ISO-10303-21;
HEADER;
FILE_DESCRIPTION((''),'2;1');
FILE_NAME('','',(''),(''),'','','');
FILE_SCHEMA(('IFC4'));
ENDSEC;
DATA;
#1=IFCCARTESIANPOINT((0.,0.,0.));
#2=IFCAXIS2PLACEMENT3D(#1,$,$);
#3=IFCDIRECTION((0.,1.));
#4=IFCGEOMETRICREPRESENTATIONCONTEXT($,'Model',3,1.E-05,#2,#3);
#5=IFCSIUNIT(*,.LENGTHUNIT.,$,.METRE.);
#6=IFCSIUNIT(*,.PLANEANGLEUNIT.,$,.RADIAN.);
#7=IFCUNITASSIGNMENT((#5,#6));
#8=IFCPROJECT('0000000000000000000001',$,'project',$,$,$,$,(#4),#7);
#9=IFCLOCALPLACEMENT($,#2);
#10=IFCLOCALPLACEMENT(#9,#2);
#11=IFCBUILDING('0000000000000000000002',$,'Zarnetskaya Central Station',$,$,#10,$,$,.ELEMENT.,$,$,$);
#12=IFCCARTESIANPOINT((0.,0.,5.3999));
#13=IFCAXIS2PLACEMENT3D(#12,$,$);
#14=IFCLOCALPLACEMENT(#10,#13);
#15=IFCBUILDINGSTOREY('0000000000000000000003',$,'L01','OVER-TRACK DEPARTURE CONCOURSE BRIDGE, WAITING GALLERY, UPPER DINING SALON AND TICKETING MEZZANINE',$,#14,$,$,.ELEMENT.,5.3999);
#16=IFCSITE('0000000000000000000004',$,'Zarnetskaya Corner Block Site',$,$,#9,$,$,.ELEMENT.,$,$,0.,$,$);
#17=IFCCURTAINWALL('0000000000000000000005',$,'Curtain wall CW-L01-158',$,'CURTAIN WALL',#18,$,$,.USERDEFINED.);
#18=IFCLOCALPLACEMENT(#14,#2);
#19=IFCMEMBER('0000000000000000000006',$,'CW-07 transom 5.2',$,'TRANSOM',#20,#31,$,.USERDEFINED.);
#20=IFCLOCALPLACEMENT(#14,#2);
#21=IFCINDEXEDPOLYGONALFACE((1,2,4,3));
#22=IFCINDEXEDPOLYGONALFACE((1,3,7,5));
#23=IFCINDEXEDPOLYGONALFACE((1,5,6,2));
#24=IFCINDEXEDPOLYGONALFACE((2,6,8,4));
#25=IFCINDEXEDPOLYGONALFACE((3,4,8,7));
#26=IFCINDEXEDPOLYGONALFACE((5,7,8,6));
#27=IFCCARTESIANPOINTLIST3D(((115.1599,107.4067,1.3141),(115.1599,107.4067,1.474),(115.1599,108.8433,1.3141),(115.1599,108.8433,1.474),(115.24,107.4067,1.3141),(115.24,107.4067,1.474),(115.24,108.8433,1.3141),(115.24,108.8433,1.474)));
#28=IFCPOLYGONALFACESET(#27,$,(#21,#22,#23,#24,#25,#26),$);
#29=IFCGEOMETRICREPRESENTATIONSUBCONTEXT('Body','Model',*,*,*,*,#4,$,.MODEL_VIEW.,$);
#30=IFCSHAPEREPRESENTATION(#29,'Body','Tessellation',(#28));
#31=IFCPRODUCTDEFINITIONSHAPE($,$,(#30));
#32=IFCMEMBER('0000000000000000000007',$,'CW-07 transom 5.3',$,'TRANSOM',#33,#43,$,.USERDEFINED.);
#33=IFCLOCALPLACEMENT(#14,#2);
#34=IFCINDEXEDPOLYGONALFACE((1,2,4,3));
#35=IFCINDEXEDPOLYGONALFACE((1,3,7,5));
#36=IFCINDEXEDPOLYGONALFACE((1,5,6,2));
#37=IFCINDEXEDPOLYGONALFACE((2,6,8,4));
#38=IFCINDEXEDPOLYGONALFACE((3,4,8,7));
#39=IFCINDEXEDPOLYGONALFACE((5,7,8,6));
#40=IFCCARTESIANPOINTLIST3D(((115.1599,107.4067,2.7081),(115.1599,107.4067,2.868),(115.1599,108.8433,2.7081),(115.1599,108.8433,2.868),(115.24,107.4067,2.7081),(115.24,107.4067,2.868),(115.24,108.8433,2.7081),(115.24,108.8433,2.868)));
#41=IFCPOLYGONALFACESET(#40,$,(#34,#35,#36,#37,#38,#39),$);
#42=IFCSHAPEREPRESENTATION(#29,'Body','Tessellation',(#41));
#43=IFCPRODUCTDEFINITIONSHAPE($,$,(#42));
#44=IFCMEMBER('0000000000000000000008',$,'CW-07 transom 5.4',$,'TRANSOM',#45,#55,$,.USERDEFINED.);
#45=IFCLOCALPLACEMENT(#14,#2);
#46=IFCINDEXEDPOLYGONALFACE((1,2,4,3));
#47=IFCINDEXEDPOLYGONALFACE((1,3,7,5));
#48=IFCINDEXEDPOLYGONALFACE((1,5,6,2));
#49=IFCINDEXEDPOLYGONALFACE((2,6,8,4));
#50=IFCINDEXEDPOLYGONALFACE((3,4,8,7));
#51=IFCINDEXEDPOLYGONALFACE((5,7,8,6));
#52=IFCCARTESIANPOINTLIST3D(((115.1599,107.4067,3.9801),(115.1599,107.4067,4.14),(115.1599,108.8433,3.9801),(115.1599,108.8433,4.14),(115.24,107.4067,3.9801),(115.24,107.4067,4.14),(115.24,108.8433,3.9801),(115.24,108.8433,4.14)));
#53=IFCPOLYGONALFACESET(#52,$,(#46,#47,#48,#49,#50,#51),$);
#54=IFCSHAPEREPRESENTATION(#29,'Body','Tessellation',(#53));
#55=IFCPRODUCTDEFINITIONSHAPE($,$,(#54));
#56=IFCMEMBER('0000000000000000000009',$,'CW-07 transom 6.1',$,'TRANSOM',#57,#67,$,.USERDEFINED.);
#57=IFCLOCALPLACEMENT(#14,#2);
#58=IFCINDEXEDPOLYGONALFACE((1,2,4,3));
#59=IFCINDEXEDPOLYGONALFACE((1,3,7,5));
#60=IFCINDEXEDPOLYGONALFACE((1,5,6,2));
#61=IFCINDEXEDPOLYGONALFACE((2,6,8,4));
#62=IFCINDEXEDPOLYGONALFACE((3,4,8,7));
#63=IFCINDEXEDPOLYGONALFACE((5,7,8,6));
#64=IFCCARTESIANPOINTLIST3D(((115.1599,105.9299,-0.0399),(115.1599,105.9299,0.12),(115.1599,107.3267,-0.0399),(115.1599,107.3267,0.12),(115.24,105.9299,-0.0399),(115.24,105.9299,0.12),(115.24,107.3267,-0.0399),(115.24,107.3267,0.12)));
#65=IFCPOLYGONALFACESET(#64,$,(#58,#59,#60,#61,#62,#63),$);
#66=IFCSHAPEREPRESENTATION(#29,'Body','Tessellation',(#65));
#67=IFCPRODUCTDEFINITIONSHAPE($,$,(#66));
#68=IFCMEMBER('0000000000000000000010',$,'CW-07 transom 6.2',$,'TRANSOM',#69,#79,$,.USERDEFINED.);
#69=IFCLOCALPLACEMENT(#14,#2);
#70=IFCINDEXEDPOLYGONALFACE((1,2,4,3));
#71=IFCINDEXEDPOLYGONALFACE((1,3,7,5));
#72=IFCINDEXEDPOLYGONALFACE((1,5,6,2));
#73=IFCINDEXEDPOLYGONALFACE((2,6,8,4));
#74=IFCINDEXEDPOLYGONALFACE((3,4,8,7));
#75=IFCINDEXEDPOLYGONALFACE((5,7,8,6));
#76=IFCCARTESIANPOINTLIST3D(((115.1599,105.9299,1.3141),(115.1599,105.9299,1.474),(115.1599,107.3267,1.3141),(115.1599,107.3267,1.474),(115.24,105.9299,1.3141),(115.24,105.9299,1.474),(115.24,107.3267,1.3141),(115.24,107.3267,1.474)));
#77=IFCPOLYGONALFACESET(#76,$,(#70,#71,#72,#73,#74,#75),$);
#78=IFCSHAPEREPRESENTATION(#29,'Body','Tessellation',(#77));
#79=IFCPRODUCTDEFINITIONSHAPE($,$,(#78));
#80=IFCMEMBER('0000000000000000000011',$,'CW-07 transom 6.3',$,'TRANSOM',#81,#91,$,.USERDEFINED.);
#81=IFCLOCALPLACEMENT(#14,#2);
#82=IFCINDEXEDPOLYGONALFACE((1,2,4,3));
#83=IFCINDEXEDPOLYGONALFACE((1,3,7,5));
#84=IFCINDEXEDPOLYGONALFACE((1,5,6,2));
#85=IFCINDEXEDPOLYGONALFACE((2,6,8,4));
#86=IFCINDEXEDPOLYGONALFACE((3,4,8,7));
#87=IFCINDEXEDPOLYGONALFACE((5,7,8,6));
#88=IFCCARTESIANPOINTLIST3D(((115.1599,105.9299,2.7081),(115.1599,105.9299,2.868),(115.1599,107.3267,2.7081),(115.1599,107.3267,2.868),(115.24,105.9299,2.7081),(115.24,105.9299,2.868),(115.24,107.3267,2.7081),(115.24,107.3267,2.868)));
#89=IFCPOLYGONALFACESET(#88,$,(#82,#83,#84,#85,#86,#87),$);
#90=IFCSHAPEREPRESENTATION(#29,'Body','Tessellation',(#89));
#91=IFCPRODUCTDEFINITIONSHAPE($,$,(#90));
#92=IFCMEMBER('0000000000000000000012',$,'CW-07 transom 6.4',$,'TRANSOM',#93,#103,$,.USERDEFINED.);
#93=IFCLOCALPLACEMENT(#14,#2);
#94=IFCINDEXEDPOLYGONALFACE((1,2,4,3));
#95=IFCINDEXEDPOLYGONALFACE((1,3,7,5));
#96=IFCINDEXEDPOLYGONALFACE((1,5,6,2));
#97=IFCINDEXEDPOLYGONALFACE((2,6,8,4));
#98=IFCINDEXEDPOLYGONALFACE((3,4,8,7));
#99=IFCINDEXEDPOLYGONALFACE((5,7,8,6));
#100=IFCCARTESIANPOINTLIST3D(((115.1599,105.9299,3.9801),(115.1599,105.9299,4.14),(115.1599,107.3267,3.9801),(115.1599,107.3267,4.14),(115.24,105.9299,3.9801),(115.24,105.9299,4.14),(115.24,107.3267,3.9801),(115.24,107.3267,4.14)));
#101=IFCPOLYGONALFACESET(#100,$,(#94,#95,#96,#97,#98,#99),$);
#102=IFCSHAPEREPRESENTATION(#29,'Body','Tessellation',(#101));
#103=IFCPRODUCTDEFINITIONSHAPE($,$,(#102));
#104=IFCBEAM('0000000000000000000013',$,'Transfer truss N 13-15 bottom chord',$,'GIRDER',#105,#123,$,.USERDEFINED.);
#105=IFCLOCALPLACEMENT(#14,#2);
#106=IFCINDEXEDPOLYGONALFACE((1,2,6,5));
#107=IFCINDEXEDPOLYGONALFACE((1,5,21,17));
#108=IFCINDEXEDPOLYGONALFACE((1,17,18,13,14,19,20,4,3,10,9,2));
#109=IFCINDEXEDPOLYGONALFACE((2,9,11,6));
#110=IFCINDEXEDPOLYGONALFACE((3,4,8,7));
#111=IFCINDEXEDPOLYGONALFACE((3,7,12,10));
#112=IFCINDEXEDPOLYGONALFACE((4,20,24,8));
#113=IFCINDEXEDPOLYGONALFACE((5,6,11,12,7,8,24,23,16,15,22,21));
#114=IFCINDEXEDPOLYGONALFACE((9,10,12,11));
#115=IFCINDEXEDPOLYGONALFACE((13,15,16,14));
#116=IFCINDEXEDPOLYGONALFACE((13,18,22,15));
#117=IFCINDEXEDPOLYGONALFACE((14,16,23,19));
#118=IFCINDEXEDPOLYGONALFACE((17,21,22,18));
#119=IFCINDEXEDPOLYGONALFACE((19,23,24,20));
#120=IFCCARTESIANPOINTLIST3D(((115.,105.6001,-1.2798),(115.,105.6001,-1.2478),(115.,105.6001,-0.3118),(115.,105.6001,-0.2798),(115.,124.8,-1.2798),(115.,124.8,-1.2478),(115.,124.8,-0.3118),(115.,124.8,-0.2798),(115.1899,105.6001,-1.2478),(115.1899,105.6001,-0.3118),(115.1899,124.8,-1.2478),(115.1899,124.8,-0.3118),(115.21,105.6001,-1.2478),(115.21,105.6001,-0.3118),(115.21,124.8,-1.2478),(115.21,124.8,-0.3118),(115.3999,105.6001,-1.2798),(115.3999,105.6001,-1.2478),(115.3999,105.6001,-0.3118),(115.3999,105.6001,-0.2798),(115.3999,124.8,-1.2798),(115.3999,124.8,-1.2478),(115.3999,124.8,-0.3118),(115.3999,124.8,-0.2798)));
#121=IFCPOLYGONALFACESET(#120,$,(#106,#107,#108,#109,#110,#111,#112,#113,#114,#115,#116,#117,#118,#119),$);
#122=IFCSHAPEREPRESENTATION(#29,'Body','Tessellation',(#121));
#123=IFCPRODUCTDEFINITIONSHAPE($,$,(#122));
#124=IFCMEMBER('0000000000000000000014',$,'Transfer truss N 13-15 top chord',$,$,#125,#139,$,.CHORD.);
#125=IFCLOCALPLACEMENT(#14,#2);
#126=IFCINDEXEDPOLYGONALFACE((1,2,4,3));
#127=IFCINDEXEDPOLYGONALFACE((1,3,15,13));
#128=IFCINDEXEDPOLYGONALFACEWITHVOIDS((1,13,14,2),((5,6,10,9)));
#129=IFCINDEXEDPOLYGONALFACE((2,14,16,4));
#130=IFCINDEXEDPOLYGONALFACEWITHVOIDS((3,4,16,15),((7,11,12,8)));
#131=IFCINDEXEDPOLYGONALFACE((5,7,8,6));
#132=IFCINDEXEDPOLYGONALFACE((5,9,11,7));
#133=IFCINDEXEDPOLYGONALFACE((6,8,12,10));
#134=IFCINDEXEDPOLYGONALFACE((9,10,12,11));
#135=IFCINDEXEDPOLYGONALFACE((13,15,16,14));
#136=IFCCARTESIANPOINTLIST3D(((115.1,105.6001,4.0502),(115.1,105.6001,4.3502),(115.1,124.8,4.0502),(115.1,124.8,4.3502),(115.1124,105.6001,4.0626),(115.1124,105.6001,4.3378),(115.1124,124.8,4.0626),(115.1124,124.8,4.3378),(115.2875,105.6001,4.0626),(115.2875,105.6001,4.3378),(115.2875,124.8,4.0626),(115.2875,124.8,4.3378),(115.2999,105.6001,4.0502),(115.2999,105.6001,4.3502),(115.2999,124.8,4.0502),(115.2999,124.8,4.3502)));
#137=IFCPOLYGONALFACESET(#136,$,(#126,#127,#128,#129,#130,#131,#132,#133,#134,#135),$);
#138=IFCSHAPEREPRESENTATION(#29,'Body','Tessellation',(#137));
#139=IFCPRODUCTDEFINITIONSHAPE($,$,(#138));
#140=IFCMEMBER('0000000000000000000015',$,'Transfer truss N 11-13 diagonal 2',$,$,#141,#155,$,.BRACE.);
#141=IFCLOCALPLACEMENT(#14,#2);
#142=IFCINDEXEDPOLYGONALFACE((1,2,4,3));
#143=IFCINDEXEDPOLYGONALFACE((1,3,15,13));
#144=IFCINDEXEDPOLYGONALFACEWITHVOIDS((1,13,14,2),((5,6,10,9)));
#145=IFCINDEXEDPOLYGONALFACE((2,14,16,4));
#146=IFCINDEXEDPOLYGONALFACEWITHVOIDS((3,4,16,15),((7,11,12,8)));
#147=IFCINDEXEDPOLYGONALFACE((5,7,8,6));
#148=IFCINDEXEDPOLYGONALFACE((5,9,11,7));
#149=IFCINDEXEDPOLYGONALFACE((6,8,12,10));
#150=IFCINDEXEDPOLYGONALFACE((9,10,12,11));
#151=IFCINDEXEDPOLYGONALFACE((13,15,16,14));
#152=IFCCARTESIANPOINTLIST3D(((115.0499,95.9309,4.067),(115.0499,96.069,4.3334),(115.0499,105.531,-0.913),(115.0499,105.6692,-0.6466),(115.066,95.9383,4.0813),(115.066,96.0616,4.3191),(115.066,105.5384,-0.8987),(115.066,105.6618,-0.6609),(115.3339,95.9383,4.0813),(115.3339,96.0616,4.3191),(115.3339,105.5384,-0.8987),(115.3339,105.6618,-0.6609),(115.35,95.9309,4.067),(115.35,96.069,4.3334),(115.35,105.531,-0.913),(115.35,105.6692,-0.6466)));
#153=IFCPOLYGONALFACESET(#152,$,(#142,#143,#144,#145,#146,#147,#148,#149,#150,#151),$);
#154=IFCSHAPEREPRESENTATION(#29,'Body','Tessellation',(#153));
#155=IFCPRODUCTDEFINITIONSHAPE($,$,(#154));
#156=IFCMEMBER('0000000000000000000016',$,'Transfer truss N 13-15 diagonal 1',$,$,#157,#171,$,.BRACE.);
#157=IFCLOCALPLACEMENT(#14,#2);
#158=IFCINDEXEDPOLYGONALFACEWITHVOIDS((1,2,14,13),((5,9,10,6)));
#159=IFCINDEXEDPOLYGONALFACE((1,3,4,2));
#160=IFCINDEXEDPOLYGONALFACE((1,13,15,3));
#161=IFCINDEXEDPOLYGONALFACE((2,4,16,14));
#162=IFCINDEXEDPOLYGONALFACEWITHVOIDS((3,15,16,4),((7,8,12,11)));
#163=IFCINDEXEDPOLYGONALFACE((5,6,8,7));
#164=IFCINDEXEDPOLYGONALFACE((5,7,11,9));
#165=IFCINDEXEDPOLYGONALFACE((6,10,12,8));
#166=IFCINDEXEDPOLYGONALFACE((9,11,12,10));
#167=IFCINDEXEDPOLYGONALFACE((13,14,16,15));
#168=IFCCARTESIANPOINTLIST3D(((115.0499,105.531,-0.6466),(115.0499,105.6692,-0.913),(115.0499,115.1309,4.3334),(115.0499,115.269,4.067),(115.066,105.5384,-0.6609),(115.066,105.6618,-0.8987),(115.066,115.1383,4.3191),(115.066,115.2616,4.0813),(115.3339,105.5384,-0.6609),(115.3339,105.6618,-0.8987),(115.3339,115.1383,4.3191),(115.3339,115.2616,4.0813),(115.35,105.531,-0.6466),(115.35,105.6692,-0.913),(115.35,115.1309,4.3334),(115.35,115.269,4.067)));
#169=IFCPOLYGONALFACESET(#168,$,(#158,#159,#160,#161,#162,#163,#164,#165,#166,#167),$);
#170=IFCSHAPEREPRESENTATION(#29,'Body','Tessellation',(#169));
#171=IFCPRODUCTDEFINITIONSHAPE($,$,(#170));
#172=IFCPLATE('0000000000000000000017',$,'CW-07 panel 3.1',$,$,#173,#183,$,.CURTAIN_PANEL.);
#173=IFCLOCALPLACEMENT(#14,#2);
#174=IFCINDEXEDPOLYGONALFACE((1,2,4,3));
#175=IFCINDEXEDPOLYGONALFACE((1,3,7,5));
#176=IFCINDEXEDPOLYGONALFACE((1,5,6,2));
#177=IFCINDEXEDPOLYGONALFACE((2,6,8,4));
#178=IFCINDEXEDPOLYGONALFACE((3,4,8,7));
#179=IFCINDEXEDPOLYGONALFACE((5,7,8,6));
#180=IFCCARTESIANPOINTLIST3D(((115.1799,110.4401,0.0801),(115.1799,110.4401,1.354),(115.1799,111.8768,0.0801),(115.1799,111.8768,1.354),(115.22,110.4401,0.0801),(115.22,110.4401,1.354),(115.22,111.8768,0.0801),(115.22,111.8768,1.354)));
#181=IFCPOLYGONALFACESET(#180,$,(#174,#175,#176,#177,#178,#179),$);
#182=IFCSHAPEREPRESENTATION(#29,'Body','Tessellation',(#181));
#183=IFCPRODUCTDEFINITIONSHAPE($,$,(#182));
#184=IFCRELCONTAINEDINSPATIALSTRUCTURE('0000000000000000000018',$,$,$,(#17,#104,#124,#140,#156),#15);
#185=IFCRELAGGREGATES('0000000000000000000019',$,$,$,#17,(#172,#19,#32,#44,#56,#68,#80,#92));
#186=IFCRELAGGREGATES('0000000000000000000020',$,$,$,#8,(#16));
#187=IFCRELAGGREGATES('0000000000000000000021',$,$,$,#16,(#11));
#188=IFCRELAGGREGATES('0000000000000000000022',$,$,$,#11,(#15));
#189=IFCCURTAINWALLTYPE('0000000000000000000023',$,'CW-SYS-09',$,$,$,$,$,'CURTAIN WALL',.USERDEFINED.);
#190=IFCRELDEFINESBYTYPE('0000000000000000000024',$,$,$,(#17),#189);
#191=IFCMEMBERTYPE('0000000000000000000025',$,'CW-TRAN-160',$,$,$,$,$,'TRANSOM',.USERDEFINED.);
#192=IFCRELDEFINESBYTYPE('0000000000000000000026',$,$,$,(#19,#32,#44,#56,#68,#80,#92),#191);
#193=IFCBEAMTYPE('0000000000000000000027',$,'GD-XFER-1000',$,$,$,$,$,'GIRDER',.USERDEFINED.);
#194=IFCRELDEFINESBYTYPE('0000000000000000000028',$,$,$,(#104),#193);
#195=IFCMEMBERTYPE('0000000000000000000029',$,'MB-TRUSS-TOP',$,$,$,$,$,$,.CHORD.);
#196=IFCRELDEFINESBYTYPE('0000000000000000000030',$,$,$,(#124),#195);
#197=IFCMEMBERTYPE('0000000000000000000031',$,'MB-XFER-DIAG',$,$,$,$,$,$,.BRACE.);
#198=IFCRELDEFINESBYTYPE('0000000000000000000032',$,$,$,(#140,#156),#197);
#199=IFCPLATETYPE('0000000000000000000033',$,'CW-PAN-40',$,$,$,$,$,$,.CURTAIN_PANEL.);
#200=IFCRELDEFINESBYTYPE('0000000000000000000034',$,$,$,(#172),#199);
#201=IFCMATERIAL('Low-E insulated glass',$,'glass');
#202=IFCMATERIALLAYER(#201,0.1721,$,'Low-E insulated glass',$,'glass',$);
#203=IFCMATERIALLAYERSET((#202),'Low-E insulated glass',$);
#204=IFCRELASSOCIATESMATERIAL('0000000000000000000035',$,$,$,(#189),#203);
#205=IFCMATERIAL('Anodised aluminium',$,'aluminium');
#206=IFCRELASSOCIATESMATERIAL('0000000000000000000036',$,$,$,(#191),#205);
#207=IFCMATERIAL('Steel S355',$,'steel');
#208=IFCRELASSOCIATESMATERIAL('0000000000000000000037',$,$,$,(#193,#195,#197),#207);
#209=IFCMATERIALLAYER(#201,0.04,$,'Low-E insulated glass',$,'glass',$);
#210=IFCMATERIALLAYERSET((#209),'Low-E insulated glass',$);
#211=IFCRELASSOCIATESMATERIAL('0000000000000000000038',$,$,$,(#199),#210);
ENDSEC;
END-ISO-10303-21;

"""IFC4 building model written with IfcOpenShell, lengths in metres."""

from ifc_helpers import new_model, si_unit, direction, frame, origin, origin_2d, place, context, subcontext, project, spatial, rectangle, hollow_rectangle, i_section, extrude, material, layer, layer_set, material_profile, profile_set, type_object, element, aggregate, save


model = new_model("IFC4")

# Units and contexts
model_context = context("Model", 3, precision=1e-05, world=origin(), true_north=direction((0.0, 1.0)))
body_context = subcontext(model_context, "Body", "Model", "MODEL_VIEW")
ifc_project = project(units=[si_unit("LENGTHUNIT", "METRE"), si_unit("PLANEANGLEUNIT", "RADIAN")], contexts=[model_context])

# Site, building, storey
site_placement = place(None, origin())
site = spatial("IfcSite", under=ifc_project, at=site_placement, Name="Zarnetskaya Corner Block Site", CompositionType="ELEMENT", RefElevation=0.0)
building_placement = place(site_placement, origin())
building = spatial("IfcBuilding", under=site, at=building_placement, Name="Zarnetskaya Central Station", CompositionType="ELEMENT")
storey_placement = place(building_placement, frame((0.0, 0.0, 5.3999)))
storey = spatial("IfcBuildingStorey", under=building, at=storey_placement, Name="L01", Description="OVER-TRACK DEPARTURE CONCOURSE BRIDGE, WAITING GALLERY, UPPER DINING SALON AND TICKETING MEZZANINE", CompositionType="ELEMENT", Elevation=5.3999)

# Shared definitions
ifc_material_1 = material(Name="Steel S355", Category="steel")

# Shared definitions
ifc_material_2 = material(Name="Low-E insulated glass", Category="glass")
ifc_layer_1 = layer(ifc_material_2, 0.1721, Name="Low-E insulated glass", Category="glass")
ifc_layer_set_1 = layer_set([ifc_layer_1], Name="Low-E insulated glass")
curtain_wall_type = type_object("IfcCurtainWallType", Name="CW-SYS-09", ElementType="CURTAIN WALL", PredefinedType="USERDEFINED", material=ifc_layer_set_1)
ifc_material_3 = material(Name="Anodised aluminium", Category="aluminium")

# Curtain wall
curtain_wall_1_placement = place(storey_placement, origin())
curtain_wall_1 = element("IfcCurtainWall", 1, at=curtain_wall_1_placement, inside=storey, type_object=curtain_wall_type, Name="Curtain wall CW-L01-158", ObjectType="CURTAIN WALL", PredefinedType="USERDEFINED")

# Members
ifc_material_profile_1 = material_profile(ifc_material_3, rectangle(XDim=0.0801, YDim=0.1599, at=origin_2d()), Name="ALU TRAN 80x160")
ifc_profile_set_1 = profile_set([ifc_material_profile_1], Name="Anodised aluminium")
member_type_1 = type_object("IfcMemberType", Name="CW-TRAN-160", ElementType="TRANSOM", PredefinedType="USERDEFINED", material=ifc_profile_set_1)
member_1_placement = place(storey_placement, frame((115.2, 108.8433, 1.394), z_axis=(0.0, -1.0, 0.0), x_axis=(1.0, 0.0, 0.0)))
member_1 = element("IfcMember", 2, at=member_1_placement, type_object=member_type_1, Name="CW-07 transom 5.2", ObjectType="TRANSOM", PredefinedType="USERDEFINED", context=body_context, shape_type="SweptSolid", body=[
    extrude(rectangle(XDim=0.0801, YDim=0.1599, at=origin_2d()), origin(), (0.0, 0.0, 1.0), 1.4365),
])
member_2_placement = place(storey_placement, frame((115.2, 108.8433, 2.7881), z_axis=(0.0, -1.0, 0.0), x_axis=(1.0, 0.0, 0.0)))
member_2 = element("IfcMember", 3, at=member_2_placement, type_object=member_type_1, Name="CW-07 transom 5.3", ObjectType="TRANSOM", PredefinedType="USERDEFINED", context=body_context, shape_type="SweptSolid", body=[
    extrude(rectangle(XDim=0.0801, YDim=0.1599, at=origin_2d()), origin(), (0.0, 0.0, 1.0), 1.4365),
])
member_3_placement = place(storey_placement, frame((115.2, 108.8433, 4.0601), z_axis=(0.0, -1.0, 0.0), x_axis=(1.0, 0.0, 0.0)))
member_3 = element("IfcMember", 4, at=member_3_placement, type_object=member_type_1, Name="CW-07 transom 5.4", ObjectType="TRANSOM", PredefinedType="USERDEFINED", context=body_context, shape_type="SweptSolid", body=[
    extrude(rectangle(XDim=0.0801, YDim=0.1599, at=origin_2d()), origin(), (0.0, 0.0, 1.0), 1.4365),
])
member_4_placement = place(storey_placement, frame((115.2, 107.3267, 0.04), z_axis=(0.0, -1.0, 0.0), x_axis=(1.0, 0.0, 0.0)))
member_4 = element("IfcMember", 5, at=member_4_placement, type_object=member_type_1, Name="CW-07 transom 6.1", ObjectType="TRANSOM", PredefinedType="USERDEFINED", context=body_context, shape_type="SweptSolid", body=[
    extrude(rectangle(XDim=0.0801, YDim=0.1599, at=origin_2d()), origin(), (0.0, 0.0, 1.0), 1.3967),
])
member_5_placement = place(storey_placement, frame((115.2, 107.3267, 1.394), z_axis=(0.0, -1.0, 0.0), x_axis=(1.0, 0.0, 0.0)))
member_5 = element("IfcMember", 6, at=member_5_placement, type_object=member_type_1, Name="CW-07 transom 6.2", ObjectType="TRANSOM", PredefinedType="USERDEFINED", context=body_context, shape_type="SweptSolid", body=[
    extrude(rectangle(XDim=0.0801, YDim=0.1599, at=origin_2d()), origin(), (0.0, 0.0, 1.0), 1.3967),
])
member_6_placement = place(storey_placement, frame((115.2, 107.3267, 2.7881), z_axis=(0.0, -1.0, 0.0), x_axis=(1.0, 0.0, 0.0)))
member_6 = element("IfcMember", 7, at=member_6_placement, type_object=member_type_1, Name="CW-07 transom 6.3", ObjectType="TRANSOM", PredefinedType="USERDEFINED", context=body_context, shape_type="SweptSolid", body=[
    extrude(rectangle(XDim=0.0801, YDim=0.1599, at=origin_2d()), origin(), (0.0, 0.0, 1.0), 1.3967),
])
member_7_placement = place(storey_placement, frame((115.2, 107.3267, 4.0601), z_axis=(0.0, -1.0, 0.0), x_axis=(1.0, 0.0, 0.0)))
member_7 = element("IfcMember", 8, at=member_7_placement, type_object=member_type_1, Name="CW-07 transom 6.4", ObjectType="TRANSOM", PredefinedType="USERDEFINED", context=body_context, shape_type="SweptSolid", body=[
    extrude(rectangle(XDim=0.0801, YDim=0.1599, at=origin_2d()), origin(), (0.0, 0.0, 1.0), 1.3967),
])

# Beam
ifc_material_profile_2 = material_profile(ifc_material_1, i_section(OverallWidth=0.3999, OverallDepth=1.0, WebThickness=0.02, FlangeThickness=0.032, at=origin_2d()), Name="PG 1000x400x20x32")
ifc_profile_set_2 = profile_set([ifc_material_profile_2], Name="Steel S355")
beam_type = type_object("IfcBeamType", Name="GD-XFER-1000", ElementType="GIRDER", PredefinedType="USERDEFINED", material=ifc_profile_set_2)
beam_placement = place(storey_placement, frame((115.2, 105.6001, -0.7798), z_axis=(0.0, 1.0, 0.0), x_axis=(-1.0, 0.0, 0.0)))
element("IfcBeam", 9, at=beam_placement, inside=storey, type_object=beam_type, Name="Transfer truss N 13-15 bottom chord", ObjectType="GIRDER", PredefinedType="USERDEFINED", context=body_context, shape_type="SweptSolid", body=[
    extrude(i_section(OverallWidth=0.3999, OverallDepth=1.0, WebThickness=0.02, FlangeThickness=0.032, at=origin_2d()), origin(), (0.0, 0.0, 1.0), 19.2),
])

# Members
ifc_material_profile_3 = material_profile(ifc_material_1, hollow_rectangle(XDim=0.2, YDim=0.3, WallThickness=0.0125, at=origin_2d()), Name="RHS 300x200x12.5")
ifc_profile_set_3 = profile_set([ifc_material_profile_3], Name="Steel S355")
member_type_2 = type_object("IfcMemberType", Name="MB-TRUSS-TOP", PredefinedType="CHORD", material=ifc_profile_set_3)
member_8_placement = place(storey_placement, frame((115.2, 105.6001, 4.2002), z_axis=(0.0, 1.0, 0.0), x_axis=(-1.0, 0.0, 0.0)))
element("IfcMember", 10, at=member_8_placement, inside=storey, type_object=member_type_2, Name="Transfer truss N 13-15 top chord", PredefinedType="CHORD", context=body_context, shape_type="SweptSolid", body=[
    extrude(hollow_rectangle(XDim=0.2, YDim=0.3, WallThickness=0.0125, at=origin_2d()), origin(), (0.0, 0.0, 1.0), 19.2),
])
ifc_material_profile_4 = material_profile(ifc_material_1, hollow_rectangle(XDim=0.3, YDim=0.3, WallThickness=0.0161, at=origin_2d()), Name="SHS 300x300x16")
ifc_profile_set_4 = profile_set([ifc_material_profile_4], Name="Steel S355")
member_type_3 = type_object("IfcMemberType", Name="MB-XFER-DIAG", PredefinedType="BRACE", material=ifc_profile_set_4)
member_9_placement = place(storey_placement, frame((115.2, 105.6001, -0.7798), z_axis=(0.0, -0.887673, 0.460474), x_axis=(1.0, 0.0, 0.0)))
element("IfcMember", 11, at=member_9_placement, inside=storey, type_object=member_type_3, Name="Transfer truss N 11-13 diagonal 2", PredefinedType="BRACE", context=body_context, shape_type="SweptSolid", body=[
    extrude(hollow_rectangle(XDim=0.3, YDim=0.3, WallThickness=0.0161, at=origin_2d()), origin(), (0.0, 0.0, 1.0), 10.8149),
])
member_10_placement = place(storey_placement, frame((115.2, 105.6001, -0.7798), z_axis=(0.0, 0.887668, 0.460483), x_axis=(-1.0, 0.0, 0.0)))
element("IfcMember", 12, at=member_10_placement, inside=storey, type_object=member_type_3, Name="Transfer truss N 13-15 diagonal 1", PredefinedType="BRACE", context=body_context, shape_type="SweptSolid", body=[
    extrude(hollow_rectangle(XDim=0.3, YDim=0.3, WallThickness=0.0161, at=origin_2d()), origin(), (0.0, 0.0, 1.0), 10.8147),
])

# Plate
ifc_layer_2 = layer(ifc_material_2, 0.04, Name="Low-E insulated glass", Category="glass")
ifc_layer_set_2 = layer_set([ifc_layer_2], Name="Low-E insulated glass")
plate_type_1 = type_object("IfcPlateType", Name="CW-PAN-40", PredefinedType="CURTAIN_PANEL", material=ifc_layer_set_2)
plate_1_placement = place(storey_placement, frame((115.2, 111.1584, 0.0801), z_axis=(0.0, 0.0, 1.0), x_axis=(0.0, -1.0, 0.0)))
plate_1 = element("IfcPlate", 13, at=plate_1_placement, type_object=plate_type_1, Name="CW-07 panel 3.1", PredefinedType="CURTAIN_PANEL", context=body_context, shape_type="SweptSolid", body=[
    extrude(rectangle(XDim=1.4368, YDim=0.04, at=origin_2d()), origin(), (0.0, 0.0, 1.0), 1.2739),
])
aggregate(curtain_wall_1, [plate_1, member_1, member_2, member_3, member_4, member_5, member_6, member_7])

save(model, "model.ifc")
